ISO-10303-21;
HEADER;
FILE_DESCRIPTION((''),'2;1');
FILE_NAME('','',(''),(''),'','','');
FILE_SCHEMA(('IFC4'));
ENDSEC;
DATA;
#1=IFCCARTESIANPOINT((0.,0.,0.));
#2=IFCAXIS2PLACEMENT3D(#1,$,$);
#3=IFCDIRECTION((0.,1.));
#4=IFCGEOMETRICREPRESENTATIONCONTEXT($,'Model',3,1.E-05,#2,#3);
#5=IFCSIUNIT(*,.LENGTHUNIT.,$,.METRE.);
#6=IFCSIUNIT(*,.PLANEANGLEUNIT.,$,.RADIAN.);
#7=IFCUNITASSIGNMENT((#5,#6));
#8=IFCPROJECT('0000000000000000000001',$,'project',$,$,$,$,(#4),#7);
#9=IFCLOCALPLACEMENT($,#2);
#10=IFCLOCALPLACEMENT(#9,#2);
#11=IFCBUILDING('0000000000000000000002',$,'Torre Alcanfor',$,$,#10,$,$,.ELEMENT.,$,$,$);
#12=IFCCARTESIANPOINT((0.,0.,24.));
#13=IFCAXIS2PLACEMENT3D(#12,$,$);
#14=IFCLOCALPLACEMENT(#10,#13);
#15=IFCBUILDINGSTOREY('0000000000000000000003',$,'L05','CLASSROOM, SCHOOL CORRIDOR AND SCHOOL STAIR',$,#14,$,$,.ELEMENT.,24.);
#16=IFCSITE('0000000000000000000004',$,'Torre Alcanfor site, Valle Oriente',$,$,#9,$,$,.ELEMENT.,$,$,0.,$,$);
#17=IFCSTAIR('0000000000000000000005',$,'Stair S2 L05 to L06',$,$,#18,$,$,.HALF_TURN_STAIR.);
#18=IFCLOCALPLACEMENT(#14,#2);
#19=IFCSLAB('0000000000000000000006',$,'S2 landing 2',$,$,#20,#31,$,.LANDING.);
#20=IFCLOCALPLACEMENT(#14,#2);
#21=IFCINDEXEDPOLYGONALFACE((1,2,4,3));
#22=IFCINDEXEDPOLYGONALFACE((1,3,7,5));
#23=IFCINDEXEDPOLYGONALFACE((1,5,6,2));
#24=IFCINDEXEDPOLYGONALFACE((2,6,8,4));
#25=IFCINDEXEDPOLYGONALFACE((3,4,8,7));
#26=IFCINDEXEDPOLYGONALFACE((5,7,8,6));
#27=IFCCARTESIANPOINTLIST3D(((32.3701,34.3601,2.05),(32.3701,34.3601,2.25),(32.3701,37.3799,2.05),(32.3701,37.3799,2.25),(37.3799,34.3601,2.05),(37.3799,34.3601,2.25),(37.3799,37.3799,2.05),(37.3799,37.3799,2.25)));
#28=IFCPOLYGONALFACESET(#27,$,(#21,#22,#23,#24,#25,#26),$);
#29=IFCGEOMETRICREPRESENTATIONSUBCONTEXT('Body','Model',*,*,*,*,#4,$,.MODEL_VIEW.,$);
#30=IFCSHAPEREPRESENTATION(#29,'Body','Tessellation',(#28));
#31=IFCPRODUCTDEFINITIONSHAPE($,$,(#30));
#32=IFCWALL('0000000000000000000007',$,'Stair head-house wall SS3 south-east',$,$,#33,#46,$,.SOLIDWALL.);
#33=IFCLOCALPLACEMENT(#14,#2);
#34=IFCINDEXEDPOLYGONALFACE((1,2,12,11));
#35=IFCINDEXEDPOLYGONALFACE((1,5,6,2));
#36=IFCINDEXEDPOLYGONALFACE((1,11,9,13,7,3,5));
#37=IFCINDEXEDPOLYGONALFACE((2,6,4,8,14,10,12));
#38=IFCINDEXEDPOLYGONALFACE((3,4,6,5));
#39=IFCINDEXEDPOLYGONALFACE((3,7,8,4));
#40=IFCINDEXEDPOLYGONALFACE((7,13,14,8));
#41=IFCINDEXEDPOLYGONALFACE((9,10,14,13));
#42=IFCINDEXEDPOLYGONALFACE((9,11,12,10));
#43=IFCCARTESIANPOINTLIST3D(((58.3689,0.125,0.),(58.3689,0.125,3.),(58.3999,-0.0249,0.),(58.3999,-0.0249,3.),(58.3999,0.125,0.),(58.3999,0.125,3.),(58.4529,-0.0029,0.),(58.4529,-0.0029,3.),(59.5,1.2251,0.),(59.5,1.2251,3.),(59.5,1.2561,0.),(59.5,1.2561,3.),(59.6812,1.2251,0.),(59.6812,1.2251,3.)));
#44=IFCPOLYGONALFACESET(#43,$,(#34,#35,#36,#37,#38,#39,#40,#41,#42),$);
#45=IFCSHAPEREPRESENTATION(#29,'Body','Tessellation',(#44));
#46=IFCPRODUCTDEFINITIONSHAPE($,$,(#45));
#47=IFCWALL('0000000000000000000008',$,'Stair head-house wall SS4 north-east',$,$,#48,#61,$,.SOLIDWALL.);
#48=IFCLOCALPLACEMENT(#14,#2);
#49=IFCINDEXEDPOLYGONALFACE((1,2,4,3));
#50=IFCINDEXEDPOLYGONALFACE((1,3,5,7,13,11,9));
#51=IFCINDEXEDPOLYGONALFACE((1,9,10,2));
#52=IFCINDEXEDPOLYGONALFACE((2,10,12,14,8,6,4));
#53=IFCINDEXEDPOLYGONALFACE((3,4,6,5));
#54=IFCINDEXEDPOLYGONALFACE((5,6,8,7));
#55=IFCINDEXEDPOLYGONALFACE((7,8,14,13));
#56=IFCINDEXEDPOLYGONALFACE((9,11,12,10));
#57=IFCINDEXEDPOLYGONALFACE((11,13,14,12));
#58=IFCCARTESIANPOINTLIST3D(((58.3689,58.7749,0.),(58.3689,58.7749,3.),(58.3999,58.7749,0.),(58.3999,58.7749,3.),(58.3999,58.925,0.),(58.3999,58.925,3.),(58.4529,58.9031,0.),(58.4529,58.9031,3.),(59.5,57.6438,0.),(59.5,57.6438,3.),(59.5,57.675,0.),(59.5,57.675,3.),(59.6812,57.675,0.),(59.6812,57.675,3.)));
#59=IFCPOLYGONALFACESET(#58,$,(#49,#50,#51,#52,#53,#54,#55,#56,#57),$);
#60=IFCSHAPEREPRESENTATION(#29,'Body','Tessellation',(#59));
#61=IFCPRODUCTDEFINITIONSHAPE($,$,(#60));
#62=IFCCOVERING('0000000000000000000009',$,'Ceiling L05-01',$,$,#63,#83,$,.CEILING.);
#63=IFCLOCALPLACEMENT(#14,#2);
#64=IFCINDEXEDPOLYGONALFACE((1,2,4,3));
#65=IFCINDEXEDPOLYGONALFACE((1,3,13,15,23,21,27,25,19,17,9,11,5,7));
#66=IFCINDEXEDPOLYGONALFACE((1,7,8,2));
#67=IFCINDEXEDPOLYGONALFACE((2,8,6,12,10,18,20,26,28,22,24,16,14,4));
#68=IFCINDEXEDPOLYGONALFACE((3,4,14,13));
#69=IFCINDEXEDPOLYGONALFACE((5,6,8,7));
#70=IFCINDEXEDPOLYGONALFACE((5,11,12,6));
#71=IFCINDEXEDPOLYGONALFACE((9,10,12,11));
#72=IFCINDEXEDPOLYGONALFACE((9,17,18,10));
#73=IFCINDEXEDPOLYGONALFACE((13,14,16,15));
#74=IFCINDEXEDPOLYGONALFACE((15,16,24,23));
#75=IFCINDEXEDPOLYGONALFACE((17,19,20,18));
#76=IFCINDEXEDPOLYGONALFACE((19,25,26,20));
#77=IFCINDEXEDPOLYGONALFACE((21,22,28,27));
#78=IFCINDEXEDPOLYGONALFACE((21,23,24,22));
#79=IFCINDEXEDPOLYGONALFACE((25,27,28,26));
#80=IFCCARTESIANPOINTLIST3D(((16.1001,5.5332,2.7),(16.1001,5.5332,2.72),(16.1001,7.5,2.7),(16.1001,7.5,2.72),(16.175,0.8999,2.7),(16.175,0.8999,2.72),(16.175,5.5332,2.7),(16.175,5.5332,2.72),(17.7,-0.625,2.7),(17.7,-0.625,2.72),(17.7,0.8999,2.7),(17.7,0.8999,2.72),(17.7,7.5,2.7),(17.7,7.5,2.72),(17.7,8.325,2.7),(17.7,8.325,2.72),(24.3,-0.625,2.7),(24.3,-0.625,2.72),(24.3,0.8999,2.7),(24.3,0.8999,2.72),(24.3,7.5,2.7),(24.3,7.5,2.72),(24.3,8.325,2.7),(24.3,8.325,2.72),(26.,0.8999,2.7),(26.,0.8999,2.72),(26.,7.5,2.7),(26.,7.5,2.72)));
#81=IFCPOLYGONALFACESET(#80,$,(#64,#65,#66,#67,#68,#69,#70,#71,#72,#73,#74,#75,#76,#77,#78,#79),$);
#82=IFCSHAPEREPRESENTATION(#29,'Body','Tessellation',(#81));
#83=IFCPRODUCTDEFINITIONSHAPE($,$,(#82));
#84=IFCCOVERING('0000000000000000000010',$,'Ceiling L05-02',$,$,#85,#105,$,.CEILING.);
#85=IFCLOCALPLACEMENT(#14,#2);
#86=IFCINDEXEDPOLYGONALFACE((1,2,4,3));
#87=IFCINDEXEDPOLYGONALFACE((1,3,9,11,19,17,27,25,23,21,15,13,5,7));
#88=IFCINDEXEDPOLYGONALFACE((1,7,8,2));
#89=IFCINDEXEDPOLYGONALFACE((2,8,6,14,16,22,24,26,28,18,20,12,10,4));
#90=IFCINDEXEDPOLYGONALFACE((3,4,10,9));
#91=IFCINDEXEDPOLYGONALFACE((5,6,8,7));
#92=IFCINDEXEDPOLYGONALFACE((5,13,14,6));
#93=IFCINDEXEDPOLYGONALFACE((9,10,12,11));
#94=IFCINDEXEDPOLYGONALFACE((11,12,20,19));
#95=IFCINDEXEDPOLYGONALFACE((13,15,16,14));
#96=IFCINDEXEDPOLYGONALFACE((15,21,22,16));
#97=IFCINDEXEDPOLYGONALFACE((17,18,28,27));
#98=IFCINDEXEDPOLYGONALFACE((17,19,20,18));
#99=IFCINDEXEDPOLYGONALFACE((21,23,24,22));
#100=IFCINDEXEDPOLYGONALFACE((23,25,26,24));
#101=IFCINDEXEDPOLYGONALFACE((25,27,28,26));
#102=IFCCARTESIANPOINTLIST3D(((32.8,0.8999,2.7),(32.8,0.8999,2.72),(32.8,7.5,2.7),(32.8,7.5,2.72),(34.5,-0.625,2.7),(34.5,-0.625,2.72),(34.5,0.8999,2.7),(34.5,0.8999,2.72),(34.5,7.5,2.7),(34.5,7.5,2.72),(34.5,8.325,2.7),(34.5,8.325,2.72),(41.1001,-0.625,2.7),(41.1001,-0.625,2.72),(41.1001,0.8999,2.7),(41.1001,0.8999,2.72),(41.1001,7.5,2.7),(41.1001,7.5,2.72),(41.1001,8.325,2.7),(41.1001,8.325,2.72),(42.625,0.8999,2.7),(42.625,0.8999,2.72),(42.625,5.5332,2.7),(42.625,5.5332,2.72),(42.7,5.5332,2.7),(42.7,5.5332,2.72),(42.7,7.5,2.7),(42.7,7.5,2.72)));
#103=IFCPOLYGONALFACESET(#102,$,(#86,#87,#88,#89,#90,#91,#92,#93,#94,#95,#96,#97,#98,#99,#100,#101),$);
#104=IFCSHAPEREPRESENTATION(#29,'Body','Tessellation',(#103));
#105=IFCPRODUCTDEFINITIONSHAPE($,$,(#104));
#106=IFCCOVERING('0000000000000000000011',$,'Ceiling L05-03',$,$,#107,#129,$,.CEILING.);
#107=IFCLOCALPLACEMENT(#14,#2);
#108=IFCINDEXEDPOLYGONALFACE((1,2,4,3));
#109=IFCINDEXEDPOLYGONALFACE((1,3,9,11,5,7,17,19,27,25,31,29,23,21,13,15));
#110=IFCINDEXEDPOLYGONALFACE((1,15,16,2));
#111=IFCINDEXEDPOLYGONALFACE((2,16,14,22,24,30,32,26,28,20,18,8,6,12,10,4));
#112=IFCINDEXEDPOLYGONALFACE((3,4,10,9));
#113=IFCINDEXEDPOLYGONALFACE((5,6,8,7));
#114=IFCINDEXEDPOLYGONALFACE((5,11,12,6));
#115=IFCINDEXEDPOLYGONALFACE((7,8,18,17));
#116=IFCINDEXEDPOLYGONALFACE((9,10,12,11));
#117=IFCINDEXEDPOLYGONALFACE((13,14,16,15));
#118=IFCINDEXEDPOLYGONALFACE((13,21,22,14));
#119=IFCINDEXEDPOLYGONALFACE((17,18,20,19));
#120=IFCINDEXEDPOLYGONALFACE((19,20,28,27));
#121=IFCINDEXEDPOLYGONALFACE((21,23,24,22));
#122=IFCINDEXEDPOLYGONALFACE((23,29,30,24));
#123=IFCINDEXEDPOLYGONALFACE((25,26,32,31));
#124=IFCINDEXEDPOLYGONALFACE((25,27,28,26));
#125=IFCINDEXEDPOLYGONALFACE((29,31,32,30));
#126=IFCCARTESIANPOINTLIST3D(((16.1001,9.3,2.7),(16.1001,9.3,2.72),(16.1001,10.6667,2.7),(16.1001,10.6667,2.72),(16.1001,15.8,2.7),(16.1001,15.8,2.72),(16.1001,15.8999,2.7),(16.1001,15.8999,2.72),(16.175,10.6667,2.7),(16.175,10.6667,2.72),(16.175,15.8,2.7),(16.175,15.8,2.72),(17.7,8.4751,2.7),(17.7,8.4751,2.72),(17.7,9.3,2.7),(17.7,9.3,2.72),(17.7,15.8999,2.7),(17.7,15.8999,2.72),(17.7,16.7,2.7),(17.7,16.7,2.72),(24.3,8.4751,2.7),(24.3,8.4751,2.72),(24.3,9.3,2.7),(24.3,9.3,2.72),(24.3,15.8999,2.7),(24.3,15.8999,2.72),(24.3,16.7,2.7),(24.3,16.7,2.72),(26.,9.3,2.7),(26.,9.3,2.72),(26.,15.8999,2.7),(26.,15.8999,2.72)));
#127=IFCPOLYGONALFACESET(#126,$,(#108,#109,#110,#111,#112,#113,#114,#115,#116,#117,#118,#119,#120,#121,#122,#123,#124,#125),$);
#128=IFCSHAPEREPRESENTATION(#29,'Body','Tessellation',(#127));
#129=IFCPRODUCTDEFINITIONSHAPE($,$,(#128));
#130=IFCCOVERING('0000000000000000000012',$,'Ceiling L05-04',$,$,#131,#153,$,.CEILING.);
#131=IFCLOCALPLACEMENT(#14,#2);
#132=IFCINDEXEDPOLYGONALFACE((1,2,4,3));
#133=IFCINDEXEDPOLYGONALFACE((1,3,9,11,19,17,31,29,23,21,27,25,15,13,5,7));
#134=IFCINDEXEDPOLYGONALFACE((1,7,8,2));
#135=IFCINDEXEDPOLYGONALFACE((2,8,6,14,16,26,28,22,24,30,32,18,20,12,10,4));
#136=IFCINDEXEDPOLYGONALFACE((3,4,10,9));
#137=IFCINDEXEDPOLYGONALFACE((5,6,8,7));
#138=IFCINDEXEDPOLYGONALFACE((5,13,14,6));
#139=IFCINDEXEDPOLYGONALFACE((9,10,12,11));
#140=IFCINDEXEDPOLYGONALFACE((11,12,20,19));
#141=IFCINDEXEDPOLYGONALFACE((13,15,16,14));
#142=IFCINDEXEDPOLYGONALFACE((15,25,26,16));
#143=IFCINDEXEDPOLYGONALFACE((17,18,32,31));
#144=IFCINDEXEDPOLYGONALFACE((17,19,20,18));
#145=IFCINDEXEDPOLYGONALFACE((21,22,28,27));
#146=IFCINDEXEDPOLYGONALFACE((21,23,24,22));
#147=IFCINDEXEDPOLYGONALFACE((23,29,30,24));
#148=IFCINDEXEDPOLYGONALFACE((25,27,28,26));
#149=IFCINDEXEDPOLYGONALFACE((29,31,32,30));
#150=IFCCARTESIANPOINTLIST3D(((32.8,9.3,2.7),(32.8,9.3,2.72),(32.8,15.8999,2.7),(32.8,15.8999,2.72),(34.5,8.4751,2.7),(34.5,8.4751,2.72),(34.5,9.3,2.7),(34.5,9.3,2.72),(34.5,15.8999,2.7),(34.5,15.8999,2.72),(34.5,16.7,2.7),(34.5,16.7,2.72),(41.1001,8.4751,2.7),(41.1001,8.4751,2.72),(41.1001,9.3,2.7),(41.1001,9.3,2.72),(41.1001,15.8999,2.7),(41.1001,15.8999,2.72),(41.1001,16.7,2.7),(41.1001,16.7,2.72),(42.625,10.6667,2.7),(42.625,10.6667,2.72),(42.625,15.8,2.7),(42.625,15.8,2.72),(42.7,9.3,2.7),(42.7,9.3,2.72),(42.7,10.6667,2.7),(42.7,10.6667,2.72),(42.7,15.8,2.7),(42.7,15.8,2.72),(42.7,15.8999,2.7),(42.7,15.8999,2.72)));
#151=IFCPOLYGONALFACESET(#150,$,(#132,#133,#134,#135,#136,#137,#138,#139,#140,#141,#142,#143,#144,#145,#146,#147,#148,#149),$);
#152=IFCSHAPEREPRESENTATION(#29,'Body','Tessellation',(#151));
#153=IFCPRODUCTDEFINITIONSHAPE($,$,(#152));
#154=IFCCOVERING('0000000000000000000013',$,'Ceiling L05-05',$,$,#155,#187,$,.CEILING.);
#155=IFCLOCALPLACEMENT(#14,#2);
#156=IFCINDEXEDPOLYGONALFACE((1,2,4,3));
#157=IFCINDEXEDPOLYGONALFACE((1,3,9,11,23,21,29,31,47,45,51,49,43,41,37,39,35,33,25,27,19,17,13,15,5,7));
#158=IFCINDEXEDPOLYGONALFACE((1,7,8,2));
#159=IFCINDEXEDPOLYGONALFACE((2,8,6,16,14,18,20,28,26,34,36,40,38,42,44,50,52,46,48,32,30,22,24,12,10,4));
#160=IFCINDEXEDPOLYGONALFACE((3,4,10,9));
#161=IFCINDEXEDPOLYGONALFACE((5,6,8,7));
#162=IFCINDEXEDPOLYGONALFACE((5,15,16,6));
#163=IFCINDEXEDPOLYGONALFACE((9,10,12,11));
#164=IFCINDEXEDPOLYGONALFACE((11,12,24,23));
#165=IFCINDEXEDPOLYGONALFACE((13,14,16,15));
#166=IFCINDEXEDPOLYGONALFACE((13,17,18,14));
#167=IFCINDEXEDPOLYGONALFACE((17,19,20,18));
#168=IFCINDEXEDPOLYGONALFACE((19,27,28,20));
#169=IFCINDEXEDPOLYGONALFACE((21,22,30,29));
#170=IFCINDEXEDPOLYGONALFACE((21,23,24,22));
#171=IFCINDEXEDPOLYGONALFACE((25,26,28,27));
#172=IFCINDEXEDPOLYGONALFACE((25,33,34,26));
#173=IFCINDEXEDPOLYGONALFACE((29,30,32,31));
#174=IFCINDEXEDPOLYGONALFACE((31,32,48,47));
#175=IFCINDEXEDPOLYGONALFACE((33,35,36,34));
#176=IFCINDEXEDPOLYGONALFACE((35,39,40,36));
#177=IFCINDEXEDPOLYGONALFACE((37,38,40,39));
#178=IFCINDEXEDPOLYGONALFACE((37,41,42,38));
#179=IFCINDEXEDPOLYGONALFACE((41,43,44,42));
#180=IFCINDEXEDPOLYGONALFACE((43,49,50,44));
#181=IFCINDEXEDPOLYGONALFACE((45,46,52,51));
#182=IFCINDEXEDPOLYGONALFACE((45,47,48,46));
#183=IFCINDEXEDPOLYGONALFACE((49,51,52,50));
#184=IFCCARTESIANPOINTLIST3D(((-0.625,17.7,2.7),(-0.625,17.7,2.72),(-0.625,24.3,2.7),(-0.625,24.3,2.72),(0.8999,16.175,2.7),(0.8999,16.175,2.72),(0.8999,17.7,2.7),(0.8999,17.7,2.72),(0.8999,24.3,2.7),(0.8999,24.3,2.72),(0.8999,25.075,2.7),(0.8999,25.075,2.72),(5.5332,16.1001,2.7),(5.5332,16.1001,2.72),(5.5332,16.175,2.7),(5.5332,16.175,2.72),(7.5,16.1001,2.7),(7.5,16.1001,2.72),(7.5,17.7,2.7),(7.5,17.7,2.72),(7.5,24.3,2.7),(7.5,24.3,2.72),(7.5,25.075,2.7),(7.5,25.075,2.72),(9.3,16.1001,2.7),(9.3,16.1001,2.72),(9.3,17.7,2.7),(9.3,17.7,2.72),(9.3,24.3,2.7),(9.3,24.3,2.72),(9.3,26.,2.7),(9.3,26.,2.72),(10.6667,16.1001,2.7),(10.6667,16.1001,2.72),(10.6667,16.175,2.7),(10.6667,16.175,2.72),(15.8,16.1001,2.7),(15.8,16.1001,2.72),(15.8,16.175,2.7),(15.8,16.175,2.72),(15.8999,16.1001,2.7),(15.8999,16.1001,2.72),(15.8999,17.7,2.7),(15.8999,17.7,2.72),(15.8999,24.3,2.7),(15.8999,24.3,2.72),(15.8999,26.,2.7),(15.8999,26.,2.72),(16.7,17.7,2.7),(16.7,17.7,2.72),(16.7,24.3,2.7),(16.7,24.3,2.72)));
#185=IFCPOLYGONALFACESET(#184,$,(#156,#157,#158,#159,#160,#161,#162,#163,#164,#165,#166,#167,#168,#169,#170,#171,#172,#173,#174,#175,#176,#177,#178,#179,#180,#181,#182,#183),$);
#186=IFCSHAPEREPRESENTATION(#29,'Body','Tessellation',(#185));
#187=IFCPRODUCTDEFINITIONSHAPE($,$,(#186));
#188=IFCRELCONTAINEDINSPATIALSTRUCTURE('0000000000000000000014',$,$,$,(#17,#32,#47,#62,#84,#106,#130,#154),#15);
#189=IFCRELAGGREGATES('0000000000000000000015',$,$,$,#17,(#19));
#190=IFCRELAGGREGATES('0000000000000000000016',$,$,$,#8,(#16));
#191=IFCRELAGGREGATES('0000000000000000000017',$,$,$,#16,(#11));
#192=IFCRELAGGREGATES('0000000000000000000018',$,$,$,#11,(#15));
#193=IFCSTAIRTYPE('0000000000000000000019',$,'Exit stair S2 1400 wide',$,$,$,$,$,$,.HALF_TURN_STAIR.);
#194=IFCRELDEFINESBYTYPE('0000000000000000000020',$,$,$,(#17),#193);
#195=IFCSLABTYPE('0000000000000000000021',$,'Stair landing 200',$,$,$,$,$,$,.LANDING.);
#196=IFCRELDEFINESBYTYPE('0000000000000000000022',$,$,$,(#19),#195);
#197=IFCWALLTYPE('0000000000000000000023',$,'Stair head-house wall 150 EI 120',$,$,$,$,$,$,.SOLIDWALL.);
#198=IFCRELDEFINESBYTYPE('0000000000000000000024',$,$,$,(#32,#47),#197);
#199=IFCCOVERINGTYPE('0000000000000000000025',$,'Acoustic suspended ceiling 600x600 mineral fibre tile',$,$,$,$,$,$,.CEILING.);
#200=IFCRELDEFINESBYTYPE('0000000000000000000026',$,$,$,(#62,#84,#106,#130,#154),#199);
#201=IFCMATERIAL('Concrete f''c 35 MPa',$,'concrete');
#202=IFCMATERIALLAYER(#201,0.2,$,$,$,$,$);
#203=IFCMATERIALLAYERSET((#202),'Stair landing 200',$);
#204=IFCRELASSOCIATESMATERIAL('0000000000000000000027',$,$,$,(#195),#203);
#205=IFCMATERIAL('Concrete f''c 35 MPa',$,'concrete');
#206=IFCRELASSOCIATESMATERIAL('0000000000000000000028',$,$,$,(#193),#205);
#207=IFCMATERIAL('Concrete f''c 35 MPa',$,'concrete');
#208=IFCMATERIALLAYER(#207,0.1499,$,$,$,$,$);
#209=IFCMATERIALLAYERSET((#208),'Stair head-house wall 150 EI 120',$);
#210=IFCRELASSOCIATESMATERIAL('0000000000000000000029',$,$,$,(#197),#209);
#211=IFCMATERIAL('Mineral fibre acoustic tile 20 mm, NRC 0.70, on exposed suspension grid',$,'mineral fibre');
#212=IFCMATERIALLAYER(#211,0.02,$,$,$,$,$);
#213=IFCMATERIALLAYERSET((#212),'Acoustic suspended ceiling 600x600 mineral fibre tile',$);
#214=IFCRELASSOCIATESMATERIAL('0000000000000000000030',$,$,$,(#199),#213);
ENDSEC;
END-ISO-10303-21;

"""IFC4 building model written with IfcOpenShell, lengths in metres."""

from ifc_helpers import new_model, si_unit, direction, frame, origin, place, context, subcontext, project, spatial, polyline, outline, extrude, material, layer, layer_set, type_object, element, aggregate, save


model = new_model("IFC4")

# Units and contexts
model_context = context("Model", 3, precision=1e-05, world=origin(), true_north=direction((0.0, 1.0)))
body_context = subcontext(model_context, "Body", "Model", "MODEL_VIEW")
ifc_project = project(units=[si_unit("LENGTHUNIT", "METRE"), si_unit("PLANEANGLEUNIT", "RADIAN")], contexts=[model_context])

# Site, building, storey
site_placement = place(None, origin())
site = spatial("IfcSite", under=ifc_project, at=site_placement, Name="Torre Alcanfor site, Valle Oriente", CompositionType="ELEMENT", RefElevation=0.0)
building_placement = place(site_placement, origin())
building = spatial("IfcBuilding", under=site, at=building_placement, Name="Torre Alcanfor", CompositionType="ELEMENT")
storey_placement = place(building_placement, frame((0.0, 0.0, 24.0)))
storey = spatial("IfcBuildingStorey", under=building, at=storey_placement, Name="L05", Description="CLASSROOM, SCHOOL CORRIDOR AND SCHOOL STAIR", CompositionType="ELEMENT", Elevation=24.0)

# Stair, slab
ifc_material_1 = material(Name="Concrete f'c 35 MPa", Category="concrete")
ifc_layer_1 = layer(ifc_material_1, 0.2)
ifc_layer_set_1 = layer_set([ifc_layer_1], Name="Stair landing 200")
slab_type_1 = type_object("IfcSlabType", Name="Stair landing 200", PredefinedType="LANDING", material=ifc_layer_set_1)
ifc_material_2 = material(Name="Concrete f'c 35 MPa", Category="concrete")
stair_type_1 = type_object("IfcStairType", Name="Exit stair S2 1400 wide", PredefinedType="HALF_TURN_STAIR", material=ifc_material_2)
stair_1_placement = place(storey_placement, origin())
stair_1 = element("IfcStair", 1, at=stair_1_placement, inside=storey, type_object=stair_type_1, Name="Stair S2 L05 to L06", PredefinedType="HALF_TURN_STAIR")
slab_1_placement = place(storey_placement, frame((0.0, 0.0, 2.05)))
slab_1 = element("IfcSlab", 2, at=slab_1_placement, type_object=slab_type_1, Name="S2 landing 2", PredefinedType="LANDING", context=body_context, shape_type="SweptSolid", body=[
    extrude(outline(polyline([(32.3701, 34.3601), (37.3799, 34.3601), (37.3799, 37.3799), (32.3701, 37.3799), (32.3701, 34.3601)])), origin(), (0.0, 0.0, 1.0), 0.2),
])
aggregate(stair_1, [slab_1])

# Walls
ifc_material_3 = material(Name="Concrete f'c 35 MPa", Category="concrete")
ifc_layer_2 = layer(ifc_material_3, 0.1499)
ifc_layer_set_2 = layer_set([ifc_layer_2], Name="Stair head-house wall 150 EI 120")
wall_type = type_object("IfcWallType", Name="Stair head-house wall 150 EI 120", PredefinedType="SOLIDWALL", material=ifc_layer_set_2)
wall_1_placement = place(storey_placement, origin())
element("IfcWall", 3, at=wall_1_placement, inside=storey, type_object=wall_type, Name="Stair head-house wall SS3 south-east", PredefinedType="SOLIDWALL", context=body_context, shape_type="SweptSolid", body=[
    extrude(outline(polyline([(59.6812, 1.2251), (59.5, 1.2251), (59.5, 1.2561), (58.3689, 0.125), (58.3999, 0.125), (58.3999, -0.0249), (58.4529, -0.0029), (59.6812, 1.2251)])), origin(), (0.0, 0.0, 1.0), 3.0),
])
wall_2_placement = place(storey_placement, origin())
element("IfcWall", 4, at=wall_2_placement, inside=storey, type_object=wall_type, Name="Stair head-house wall SS4 north-east", PredefinedType="SOLIDWALL", context=body_context, shape_type="SweptSolid", body=[
    extrude(outline(polyline([(58.3999, 58.925), (58.3999, 58.7749), (58.3689, 58.7749), (59.5, 57.6438), (59.5, 57.675), (59.6812, 57.675), (58.4529, 58.9031), (58.3999, 58.925)])), origin(), (0.0, 0.0, 1.0), 3.0),
])

# Coverings
ifc_material_4 = material(Name="Mineral fibre acoustic tile 20 mm, NRC 0.70, on exposed suspension grid", Category="mineral fibre")
ifc_layer_3 = layer(ifc_material_4, 0.02)
ifc_layer_set_3 = layer_set([ifc_layer_3], Name="Acoustic suspended ceiling 600x600 mineral fibre tile")
covering_type_1 = type_object("IfcCoveringType", Name="Acoustic suspended ceiling 600x600 mineral fibre tile", PredefinedType="CEILING", material=ifc_layer_set_3)
covering_1_placement = place(storey_placement, frame((0.0, 0.0, 2.7)))
element("IfcCovering", 5, at=covering_1_placement, inside=storey, type_object=covering_type_1, Name="Ceiling L05-01", PredefinedType="CEILING", context=body_context, shape_type="SweptSolid", body=[
    extrude(outline(polyline([(16.175, 0.8999), (17.7, 0.8999), (17.7, -0.625), (24.3, -0.625), (24.3, 0.8999), (26.0, 0.8999), (26.0, 7.5), (24.3, 7.5), (24.3, 8.325), (17.7, 8.325), (17.7, 7.5), (16.1001, 7.5), (16.1001, 5.5332), (16.175, 5.5332), (16.175, 0.8999)])), origin(), (0.0, 0.0, 1.0), 0.02),
])
covering_2_placement = place(storey_placement, frame((0.0, 0.0, 2.7)))
element("IfcCovering", 6, at=covering_2_placement, inside=storey, type_object=covering_type_1, Name="Ceiling L05-02", PredefinedType="CEILING", context=body_context, shape_type="SweptSolid", body=[
    extrude(outline(polyline([(42.7, 7.5), (41.1001, 7.5), (41.1001, 8.325), (34.5, 8.325), (34.5, 7.5), (32.8, 7.5), (32.8, 0.8999), (34.5, 0.8999), (34.5, -0.625), (41.1001, -0.625), (41.1001, 0.8999), (42.625, 0.8999), (42.625, 5.5332), (42.7, 5.5332), (42.7, 7.5)])), origin(), (0.0, 0.0, 1.0), 0.02),
])
covering_3_placement = place(storey_placement, frame((0.0, 0.0, 2.7)))
element("IfcCovering", 7, at=covering_3_placement, inside=storey, type_object=covering_type_1, Name="Ceiling L05-03", PredefinedType="CEILING", context=body_context, shape_type="SweptSolid", body=[
    extrude(outline(polyline([(26.0, 15.8999), (24.3, 15.8999), (24.3, 16.7), (17.7, 16.7), (17.7, 15.8999), (16.1001, 15.8999), (16.1001, 15.8), (16.175, 15.8), (16.175, 10.6667), (16.1001, 10.6667), (16.1001, 9.3), (17.7, 9.3), (17.7, 8.4751), (24.3, 8.4751), (24.3, 9.3), (26.0, 9.3), (26.0, 15.8999)])), origin(), (0.0, 0.0, 1.0), 0.02),
])
covering_4_placement = place(storey_placement, frame((0.0, 0.0, 2.7)))
element("IfcCovering", 8, at=covering_4_placement, inside=storey, type_object=covering_type_1, Name="Ceiling L05-04", PredefinedType="CEILING", context=body_context, shape_type="SweptSolid", body=[
    extrude(outline(polyline([(42.7, 15.8999), (41.1001, 15.8999), (41.1001, 16.7), (34.5, 16.7), (34.5, 15.8999), (32.8, 15.8999), (32.8, 9.3), (34.5, 9.3), (34.5, 8.4751), (41.1001, 8.4751), (41.1001, 9.3), (42.7, 9.3), (42.7, 10.6667), (42.625, 10.6667), (42.625, 15.8), (42.7, 15.8), (42.7, 15.8999)])), origin(), (0.0, 0.0, 1.0), 0.02),
])
covering_5_placement = place(storey_placement, frame((0.0, 0.0, 2.7)))
element("IfcCovering", 9, at=covering_5_placement, inside=storey, type_object=covering_type_1, Name="Ceiling L05-05", PredefinedType="CEILING", context=body_context, shape_type="SweptSolid", body=[
    extrude(outline(polyline([(15.8, 16.175), (15.8, 16.1001), (15.8999, 16.1001), (15.8999, 17.7), (16.7, 17.7), (16.7, 24.3), (15.8999, 24.3), (15.8999, 26.0), (9.3, 26.0), (9.3, 24.3), (7.5, 24.3), (7.5, 25.075), (0.8999, 25.075), (0.8999, 24.3), (-0.625, 24.3), (-0.625, 17.7), (0.8999, 17.7), (0.8999, 16.175), (5.5332, 16.175), (5.5332, 16.1001), (7.5, 16.1001), (7.5, 17.7), (9.3, 17.7), (9.3, 16.1001), (10.6667, 16.1001), (10.6667, 16.175), (15.8, 16.175)])), origin(), (0.0, 0.0, 1.0), 0.02),
])

save(model, "model.ifc")
